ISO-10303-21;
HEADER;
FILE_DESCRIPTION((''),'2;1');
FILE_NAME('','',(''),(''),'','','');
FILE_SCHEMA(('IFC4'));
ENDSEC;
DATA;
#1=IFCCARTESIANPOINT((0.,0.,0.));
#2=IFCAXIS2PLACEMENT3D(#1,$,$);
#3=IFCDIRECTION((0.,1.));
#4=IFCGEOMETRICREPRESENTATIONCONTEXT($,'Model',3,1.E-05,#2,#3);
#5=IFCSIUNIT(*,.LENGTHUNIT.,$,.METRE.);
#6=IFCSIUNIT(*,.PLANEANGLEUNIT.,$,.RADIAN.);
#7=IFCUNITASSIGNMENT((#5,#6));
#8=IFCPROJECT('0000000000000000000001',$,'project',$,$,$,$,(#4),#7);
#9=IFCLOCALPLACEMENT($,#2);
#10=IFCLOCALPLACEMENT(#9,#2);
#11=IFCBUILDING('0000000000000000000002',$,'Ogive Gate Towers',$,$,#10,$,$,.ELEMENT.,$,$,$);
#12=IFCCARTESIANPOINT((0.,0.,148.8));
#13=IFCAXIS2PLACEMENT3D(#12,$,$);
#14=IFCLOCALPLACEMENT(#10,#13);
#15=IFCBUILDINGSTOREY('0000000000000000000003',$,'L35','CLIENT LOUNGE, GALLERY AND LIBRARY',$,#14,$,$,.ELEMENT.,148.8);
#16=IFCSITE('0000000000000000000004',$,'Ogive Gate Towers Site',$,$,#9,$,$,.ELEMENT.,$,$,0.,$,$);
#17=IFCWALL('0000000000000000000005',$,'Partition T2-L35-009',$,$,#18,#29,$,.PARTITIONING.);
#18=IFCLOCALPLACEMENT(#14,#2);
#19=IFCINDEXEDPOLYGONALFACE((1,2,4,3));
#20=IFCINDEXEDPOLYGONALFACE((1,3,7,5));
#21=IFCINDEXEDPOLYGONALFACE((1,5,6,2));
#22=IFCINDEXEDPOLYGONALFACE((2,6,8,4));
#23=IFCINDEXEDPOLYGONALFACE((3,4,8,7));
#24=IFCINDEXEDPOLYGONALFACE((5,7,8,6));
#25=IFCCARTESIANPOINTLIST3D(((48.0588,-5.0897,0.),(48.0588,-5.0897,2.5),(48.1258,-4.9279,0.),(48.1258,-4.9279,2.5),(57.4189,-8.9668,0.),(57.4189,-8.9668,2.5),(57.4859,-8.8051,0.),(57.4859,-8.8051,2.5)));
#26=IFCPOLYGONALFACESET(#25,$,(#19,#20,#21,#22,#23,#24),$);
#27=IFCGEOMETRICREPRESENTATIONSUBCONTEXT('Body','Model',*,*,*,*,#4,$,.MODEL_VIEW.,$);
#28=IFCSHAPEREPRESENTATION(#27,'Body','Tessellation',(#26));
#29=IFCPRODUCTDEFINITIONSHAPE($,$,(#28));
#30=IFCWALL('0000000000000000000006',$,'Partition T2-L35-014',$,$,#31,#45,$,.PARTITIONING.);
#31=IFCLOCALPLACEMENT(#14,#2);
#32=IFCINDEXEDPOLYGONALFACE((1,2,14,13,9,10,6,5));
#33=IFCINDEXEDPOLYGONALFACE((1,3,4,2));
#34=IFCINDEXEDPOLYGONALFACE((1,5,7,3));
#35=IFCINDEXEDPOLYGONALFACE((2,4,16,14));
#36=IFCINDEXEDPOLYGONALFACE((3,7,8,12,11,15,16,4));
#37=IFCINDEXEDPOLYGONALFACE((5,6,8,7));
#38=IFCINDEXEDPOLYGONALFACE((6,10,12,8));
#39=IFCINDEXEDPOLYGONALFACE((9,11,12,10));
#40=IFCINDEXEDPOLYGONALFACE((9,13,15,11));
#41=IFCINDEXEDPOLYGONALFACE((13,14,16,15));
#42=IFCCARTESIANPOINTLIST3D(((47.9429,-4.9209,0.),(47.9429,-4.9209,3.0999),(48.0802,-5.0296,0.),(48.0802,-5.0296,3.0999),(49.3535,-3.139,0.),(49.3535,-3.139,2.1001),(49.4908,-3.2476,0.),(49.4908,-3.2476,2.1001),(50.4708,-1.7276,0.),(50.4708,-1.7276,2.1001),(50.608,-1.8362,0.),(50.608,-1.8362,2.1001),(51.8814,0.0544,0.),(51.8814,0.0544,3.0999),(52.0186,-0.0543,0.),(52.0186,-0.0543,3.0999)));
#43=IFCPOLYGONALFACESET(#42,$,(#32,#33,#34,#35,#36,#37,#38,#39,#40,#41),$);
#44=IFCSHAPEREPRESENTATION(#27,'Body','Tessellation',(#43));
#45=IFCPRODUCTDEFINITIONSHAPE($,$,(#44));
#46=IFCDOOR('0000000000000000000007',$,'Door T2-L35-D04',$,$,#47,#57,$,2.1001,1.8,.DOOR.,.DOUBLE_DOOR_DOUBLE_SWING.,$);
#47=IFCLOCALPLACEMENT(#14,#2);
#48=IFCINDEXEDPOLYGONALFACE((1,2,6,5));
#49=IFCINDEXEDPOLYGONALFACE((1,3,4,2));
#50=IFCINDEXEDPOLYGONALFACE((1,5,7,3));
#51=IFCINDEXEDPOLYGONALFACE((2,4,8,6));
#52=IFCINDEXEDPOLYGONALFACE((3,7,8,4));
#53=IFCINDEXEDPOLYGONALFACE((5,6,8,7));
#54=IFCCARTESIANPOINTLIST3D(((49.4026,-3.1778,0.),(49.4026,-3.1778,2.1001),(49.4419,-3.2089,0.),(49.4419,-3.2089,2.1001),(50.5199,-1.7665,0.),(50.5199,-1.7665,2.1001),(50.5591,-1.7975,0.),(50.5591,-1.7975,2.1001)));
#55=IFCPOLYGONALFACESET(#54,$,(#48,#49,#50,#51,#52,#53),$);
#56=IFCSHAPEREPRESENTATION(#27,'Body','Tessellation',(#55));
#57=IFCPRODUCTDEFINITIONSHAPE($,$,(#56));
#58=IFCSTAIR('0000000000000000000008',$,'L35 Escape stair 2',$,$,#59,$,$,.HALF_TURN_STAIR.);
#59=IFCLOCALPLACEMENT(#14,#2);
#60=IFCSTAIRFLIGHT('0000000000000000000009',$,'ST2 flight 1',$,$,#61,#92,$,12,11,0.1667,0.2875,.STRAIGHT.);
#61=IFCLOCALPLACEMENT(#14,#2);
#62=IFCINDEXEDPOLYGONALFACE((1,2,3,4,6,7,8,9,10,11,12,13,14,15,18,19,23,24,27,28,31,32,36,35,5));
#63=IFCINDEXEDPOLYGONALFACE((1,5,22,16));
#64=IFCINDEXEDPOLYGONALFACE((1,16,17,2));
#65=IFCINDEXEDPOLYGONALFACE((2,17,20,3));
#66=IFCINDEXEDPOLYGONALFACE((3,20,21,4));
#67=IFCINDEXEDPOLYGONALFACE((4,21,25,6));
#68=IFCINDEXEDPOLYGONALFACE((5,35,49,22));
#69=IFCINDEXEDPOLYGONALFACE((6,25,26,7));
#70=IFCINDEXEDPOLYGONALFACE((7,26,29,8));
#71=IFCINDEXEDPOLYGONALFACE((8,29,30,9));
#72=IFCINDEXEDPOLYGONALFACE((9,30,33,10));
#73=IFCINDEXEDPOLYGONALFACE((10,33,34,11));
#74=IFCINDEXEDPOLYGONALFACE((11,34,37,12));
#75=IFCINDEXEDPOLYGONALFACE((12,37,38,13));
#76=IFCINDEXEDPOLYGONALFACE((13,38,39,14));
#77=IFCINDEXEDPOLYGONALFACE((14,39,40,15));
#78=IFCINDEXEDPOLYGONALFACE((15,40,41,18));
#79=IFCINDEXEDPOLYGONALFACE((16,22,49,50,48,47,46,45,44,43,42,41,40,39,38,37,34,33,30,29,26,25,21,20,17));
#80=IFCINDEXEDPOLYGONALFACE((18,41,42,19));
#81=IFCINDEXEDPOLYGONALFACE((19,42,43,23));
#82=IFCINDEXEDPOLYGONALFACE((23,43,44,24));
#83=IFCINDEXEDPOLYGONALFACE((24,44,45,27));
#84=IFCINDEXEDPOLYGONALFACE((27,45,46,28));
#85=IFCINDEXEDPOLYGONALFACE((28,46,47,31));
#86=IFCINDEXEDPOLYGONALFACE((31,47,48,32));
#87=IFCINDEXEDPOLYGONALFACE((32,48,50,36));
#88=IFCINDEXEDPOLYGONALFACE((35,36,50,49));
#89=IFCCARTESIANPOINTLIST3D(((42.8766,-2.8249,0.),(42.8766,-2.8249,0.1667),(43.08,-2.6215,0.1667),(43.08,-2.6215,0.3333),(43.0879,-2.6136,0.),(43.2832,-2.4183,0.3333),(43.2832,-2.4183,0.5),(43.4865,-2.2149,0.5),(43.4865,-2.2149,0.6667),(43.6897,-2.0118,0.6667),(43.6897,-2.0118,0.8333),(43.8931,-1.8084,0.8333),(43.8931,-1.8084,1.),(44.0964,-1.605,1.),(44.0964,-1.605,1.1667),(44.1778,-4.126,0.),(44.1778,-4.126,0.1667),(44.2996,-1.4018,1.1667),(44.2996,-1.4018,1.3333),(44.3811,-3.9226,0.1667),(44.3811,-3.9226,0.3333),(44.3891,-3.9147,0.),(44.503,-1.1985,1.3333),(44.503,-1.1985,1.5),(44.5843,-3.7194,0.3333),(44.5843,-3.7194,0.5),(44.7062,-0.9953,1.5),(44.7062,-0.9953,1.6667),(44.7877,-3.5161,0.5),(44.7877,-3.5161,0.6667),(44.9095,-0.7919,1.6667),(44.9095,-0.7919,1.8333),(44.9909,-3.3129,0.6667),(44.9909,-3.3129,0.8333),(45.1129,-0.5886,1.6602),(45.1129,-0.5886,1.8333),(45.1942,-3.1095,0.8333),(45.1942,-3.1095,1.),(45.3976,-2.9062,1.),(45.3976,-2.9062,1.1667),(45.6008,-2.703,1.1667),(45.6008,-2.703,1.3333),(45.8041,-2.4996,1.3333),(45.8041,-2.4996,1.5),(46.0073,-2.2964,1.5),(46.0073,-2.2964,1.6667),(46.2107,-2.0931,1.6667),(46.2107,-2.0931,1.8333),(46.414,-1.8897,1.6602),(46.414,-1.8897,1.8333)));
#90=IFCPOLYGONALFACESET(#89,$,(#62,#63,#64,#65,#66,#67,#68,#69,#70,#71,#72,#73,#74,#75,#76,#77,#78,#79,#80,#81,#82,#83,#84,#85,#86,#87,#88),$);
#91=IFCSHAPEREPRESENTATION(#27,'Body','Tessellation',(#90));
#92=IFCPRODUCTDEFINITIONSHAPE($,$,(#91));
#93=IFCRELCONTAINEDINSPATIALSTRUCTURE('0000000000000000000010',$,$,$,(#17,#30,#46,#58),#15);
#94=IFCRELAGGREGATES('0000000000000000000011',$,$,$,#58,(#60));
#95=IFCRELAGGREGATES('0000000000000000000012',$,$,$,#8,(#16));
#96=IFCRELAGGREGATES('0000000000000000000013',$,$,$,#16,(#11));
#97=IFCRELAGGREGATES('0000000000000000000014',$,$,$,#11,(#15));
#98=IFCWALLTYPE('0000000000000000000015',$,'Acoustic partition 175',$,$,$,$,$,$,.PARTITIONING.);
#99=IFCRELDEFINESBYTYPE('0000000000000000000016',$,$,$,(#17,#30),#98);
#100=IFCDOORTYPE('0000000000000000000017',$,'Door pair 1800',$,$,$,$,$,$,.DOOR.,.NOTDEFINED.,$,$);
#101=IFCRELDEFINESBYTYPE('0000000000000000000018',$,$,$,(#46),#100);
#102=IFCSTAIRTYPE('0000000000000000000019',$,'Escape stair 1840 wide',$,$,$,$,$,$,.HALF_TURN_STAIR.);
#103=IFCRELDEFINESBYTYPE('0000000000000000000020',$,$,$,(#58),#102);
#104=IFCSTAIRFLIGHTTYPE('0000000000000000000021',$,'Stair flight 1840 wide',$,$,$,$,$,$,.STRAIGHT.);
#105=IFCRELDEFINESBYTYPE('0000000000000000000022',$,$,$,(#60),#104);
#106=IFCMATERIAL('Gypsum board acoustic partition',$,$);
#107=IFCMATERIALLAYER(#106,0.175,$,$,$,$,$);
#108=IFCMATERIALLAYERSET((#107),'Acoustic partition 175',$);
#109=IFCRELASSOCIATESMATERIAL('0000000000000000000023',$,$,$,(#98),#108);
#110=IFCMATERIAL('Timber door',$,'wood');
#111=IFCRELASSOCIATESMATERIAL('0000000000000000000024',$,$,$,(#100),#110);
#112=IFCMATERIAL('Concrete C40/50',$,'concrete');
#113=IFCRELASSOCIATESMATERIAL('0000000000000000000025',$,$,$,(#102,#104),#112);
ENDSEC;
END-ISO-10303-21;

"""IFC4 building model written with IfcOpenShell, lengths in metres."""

from ifc_helpers import new_model, si_unit, direction, frame, frame_2d, origin, place, context, subcontext, project, spatial, polyline, rectangle, outline, extrude, material, layer, layer_set, type_object, element, fill, aggregate, save


model = new_model("IFC4")

# Units and contexts
model_context = context("Model", 3, precision=1e-05, world=origin(), true_north=direction((0.0, 1.0)))
body_context = subcontext(model_context, "Body", "Model", "MODEL_VIEW")
ifc_project = project(units=[si_unit("LENGTHUNIT", "METRE"), si_unit("PLANEANGLEUNIT", "RADIAN")], contexts=[model_context])

# Site, building, storey
site_placement = place(None, origin())
site = spatial("IfcSite", under=ifc_project, at=site_placement, Name="Ogive Gate Towers Site", CompositionType="ELEMENT", RefElevation=0.0)
building_placement = place(site_placement, origin())
building = spatial("IfcBuilding", under=site, at=building_placement, Name="Ogive Gate Towers", CompositionType="ELEMENT")
storey_placement = place(building_placement, frame((0.0, 0.0, 148.8)))
storey = spatial("IfcBuildingStorey", under=building, at=storey_placement, Name="L35", Description="CLIENT LOUNGE, GALLERY AND LIBRARY", CompositionType="ELEMENT", Elevation=148.8)

# Wall
ifc_material_1 = material(Name="Gypsum board acoustic partition")
ifc_layer_1 = layer(ifc_material_1, 0.175)
ifc_layer_set_1 = layer_set([ifc_layer_1], Name="Acoustic partition 175")
wall_type = type_object("IfcWallType", Name="Acoustic partition 175", PredefinedType="PARTITIONING", material=ifc_layer_set_1)
for number, where, z_axis, x_axis, name in (
    (1, (57.4524, -8.886, 0.0), (0.0, 0.0, 1.0), (-0.923876, 0.382693, 0.0), "Partition T2-L35-009"),
):
    element("IfcWall", number, at=place(storey_placement, frame(where, z_axis=z_axis, x_axis=x_axis)), inside=storey, type_object=wall_type, Name=name, PredefinedType="PARTITIONING", context=body_context, shape_type="SweptSolid", body=[
        extrude(rectangle(XDim=10.1313, YDim=0.175, at=frame_2d((5.0657, 0.0))), origin(), (0.0, 0.0, 1.0), 2.5),
    ])

# Wall, opening, door
wall_placement = place(storey_placement, frame((48.0115, -4.9753, 0.0), z_axis=(0.0, 0.0, 1.0), x_axis=(0.62067, 0.784072, 0.0)))
wall = element("IfcWall", 2, at=wall_placement, inside=storey, type_object=wall_type, Name="Partition T2-L35-014", PredefinedType="PARTITIONING", context=body_context, shape_type="SweptSolid", body=[
    extrude(rectangle(XDim=6.3455, YDim=0.175, at=frame_2d((3.1729, 0.0))), origin(), (0.0, 0.0, 1.0), 3.0999),
])
opening_placement = place(wall_placement, frame((2.2729, 0.0, 0.0)))
opening = element("IfcOpeningElement", 3, at=opening_placement, cuts=wall, PredefinedType="OPENING", context=body_context, shape_type="SweptSolid", body=[
    extrude(rectangle(XDim=1.8, YDim=2.1001, at=frame_2d((0.8999, 1.05))), frame((0.0, 0.0977, 0.0), z_axis=(0.0, -1.0, 0.0), x_axis=(1.0, 0.0, 0.0)), (0.0, 0.0, 1.0), 0.1951),
])
ifc_material_2 = material(Name="Timber door", Category="wood")
door_type = type_object("IfcDoorType", Name="Door pair 1800", OperationType="NOTDEFINED", PredefinedType="DOOR", material=ifc_material_2)
door_placement = place(opening_placement, origin())
door = element("IfcDoor", 4, at=door_placement, inside=storey, type_object=door_type, Name="Door T2-L35-D04", OperationType="DOUBLE_DOOR_DOUBLE_SWING", OverallHeight=2.1001, OverallWidth=1.8, PredefinedType="DOOR", context=body_context, shape_type="SweptSolid", body=[
    extrude(rectangle(XDim=1.8, YDim=2.1001, at=frame_2d((0.8999, 1.05))), frame((0.0, 0.0249, 0.0), z_axis=(0.0, -1.0, 0.0), x_axis=(1.0, 0.0, 0.0)), (0.0, 0.0, 1.0), 0.05),
])
fill(opening, door)

# Stair, stair flight
ifc_material_3 = material(Name="Concrete C40/50", Category="concrete")
stair_type = type_object("IfcStairType", Name="Escape stair 1840 wide", PredefinedType="HALF_TURN_STAIR", material=ifc_material_3)
stair_placement = place(storey_placement, origin())
stair = element("IfcStair", 5, at=stair_placement, inside=storey, type_object=stair_type, Name="L35 Escape stair 2", PredefinedType="HALF_TURN_STAIR")
stair_flight_type = type_object("IfcStairFlightType", Name="Stair flight 1840 wide", PredefinedType="STRAIGHT", material=ifc_material_3)
stair_flight_placement = place(storey_placement, frame((43.5271, -3.4753, 0.0), z_axis=(0.0, 0.0, 1.0), x_axis=(0.707107, 0.707107, 0.0)))
stair_flight = element("IfcStairFlight", 6, at=stair_flight_placement, type_object=stair_flight_type, Name="ST2 flight 1", NumberOfRisers=12, NumberOfTreads=11, PredefinedType="STRAIGHT", RiserHeight=0.1667, TreadLength=0.2875, context=body_context, shape_type="SweptSolid", body=[
    extrude(outline(polyline([(0.0, 0.0), (0.0, 0.1667), (0.2876, 0.1667), (0.2876, 0.3333), (0.575, 0.3333), (0.575, 0.5), (0.8625, 0.5), (0.8625, 0.6667), (1.1499, 0.6667), (1.1499, 0.8333), (1.4375, 0.8333), (1.4375, 1.0), (1.7251, 1.0), (1.7251, 1.1667), (2.0125, 1.1667), (2.0125, 1.3333), (2.3, 1.3333), (2.3, 1.5), (2.5874, 1.5), (2.5874, 1.6667), (2.875, 1.6667), (2.875, 1.8333), (3.1626, 1.8333), (3.1626, 2.0), (3.1626, 1.6602), (0.2988, 0.0), (0.0, 0.0)])), frame((0.0, 0.9199, 0.0), z_axis=(0.0, -1.0, 0.0), x_axis=(1.0, 0.0, 0.0)), (0.0, 0.0, 1.0), 1.8401),
])
aggregate(stair, [stair_flight])

save(model, "model.ifc")
